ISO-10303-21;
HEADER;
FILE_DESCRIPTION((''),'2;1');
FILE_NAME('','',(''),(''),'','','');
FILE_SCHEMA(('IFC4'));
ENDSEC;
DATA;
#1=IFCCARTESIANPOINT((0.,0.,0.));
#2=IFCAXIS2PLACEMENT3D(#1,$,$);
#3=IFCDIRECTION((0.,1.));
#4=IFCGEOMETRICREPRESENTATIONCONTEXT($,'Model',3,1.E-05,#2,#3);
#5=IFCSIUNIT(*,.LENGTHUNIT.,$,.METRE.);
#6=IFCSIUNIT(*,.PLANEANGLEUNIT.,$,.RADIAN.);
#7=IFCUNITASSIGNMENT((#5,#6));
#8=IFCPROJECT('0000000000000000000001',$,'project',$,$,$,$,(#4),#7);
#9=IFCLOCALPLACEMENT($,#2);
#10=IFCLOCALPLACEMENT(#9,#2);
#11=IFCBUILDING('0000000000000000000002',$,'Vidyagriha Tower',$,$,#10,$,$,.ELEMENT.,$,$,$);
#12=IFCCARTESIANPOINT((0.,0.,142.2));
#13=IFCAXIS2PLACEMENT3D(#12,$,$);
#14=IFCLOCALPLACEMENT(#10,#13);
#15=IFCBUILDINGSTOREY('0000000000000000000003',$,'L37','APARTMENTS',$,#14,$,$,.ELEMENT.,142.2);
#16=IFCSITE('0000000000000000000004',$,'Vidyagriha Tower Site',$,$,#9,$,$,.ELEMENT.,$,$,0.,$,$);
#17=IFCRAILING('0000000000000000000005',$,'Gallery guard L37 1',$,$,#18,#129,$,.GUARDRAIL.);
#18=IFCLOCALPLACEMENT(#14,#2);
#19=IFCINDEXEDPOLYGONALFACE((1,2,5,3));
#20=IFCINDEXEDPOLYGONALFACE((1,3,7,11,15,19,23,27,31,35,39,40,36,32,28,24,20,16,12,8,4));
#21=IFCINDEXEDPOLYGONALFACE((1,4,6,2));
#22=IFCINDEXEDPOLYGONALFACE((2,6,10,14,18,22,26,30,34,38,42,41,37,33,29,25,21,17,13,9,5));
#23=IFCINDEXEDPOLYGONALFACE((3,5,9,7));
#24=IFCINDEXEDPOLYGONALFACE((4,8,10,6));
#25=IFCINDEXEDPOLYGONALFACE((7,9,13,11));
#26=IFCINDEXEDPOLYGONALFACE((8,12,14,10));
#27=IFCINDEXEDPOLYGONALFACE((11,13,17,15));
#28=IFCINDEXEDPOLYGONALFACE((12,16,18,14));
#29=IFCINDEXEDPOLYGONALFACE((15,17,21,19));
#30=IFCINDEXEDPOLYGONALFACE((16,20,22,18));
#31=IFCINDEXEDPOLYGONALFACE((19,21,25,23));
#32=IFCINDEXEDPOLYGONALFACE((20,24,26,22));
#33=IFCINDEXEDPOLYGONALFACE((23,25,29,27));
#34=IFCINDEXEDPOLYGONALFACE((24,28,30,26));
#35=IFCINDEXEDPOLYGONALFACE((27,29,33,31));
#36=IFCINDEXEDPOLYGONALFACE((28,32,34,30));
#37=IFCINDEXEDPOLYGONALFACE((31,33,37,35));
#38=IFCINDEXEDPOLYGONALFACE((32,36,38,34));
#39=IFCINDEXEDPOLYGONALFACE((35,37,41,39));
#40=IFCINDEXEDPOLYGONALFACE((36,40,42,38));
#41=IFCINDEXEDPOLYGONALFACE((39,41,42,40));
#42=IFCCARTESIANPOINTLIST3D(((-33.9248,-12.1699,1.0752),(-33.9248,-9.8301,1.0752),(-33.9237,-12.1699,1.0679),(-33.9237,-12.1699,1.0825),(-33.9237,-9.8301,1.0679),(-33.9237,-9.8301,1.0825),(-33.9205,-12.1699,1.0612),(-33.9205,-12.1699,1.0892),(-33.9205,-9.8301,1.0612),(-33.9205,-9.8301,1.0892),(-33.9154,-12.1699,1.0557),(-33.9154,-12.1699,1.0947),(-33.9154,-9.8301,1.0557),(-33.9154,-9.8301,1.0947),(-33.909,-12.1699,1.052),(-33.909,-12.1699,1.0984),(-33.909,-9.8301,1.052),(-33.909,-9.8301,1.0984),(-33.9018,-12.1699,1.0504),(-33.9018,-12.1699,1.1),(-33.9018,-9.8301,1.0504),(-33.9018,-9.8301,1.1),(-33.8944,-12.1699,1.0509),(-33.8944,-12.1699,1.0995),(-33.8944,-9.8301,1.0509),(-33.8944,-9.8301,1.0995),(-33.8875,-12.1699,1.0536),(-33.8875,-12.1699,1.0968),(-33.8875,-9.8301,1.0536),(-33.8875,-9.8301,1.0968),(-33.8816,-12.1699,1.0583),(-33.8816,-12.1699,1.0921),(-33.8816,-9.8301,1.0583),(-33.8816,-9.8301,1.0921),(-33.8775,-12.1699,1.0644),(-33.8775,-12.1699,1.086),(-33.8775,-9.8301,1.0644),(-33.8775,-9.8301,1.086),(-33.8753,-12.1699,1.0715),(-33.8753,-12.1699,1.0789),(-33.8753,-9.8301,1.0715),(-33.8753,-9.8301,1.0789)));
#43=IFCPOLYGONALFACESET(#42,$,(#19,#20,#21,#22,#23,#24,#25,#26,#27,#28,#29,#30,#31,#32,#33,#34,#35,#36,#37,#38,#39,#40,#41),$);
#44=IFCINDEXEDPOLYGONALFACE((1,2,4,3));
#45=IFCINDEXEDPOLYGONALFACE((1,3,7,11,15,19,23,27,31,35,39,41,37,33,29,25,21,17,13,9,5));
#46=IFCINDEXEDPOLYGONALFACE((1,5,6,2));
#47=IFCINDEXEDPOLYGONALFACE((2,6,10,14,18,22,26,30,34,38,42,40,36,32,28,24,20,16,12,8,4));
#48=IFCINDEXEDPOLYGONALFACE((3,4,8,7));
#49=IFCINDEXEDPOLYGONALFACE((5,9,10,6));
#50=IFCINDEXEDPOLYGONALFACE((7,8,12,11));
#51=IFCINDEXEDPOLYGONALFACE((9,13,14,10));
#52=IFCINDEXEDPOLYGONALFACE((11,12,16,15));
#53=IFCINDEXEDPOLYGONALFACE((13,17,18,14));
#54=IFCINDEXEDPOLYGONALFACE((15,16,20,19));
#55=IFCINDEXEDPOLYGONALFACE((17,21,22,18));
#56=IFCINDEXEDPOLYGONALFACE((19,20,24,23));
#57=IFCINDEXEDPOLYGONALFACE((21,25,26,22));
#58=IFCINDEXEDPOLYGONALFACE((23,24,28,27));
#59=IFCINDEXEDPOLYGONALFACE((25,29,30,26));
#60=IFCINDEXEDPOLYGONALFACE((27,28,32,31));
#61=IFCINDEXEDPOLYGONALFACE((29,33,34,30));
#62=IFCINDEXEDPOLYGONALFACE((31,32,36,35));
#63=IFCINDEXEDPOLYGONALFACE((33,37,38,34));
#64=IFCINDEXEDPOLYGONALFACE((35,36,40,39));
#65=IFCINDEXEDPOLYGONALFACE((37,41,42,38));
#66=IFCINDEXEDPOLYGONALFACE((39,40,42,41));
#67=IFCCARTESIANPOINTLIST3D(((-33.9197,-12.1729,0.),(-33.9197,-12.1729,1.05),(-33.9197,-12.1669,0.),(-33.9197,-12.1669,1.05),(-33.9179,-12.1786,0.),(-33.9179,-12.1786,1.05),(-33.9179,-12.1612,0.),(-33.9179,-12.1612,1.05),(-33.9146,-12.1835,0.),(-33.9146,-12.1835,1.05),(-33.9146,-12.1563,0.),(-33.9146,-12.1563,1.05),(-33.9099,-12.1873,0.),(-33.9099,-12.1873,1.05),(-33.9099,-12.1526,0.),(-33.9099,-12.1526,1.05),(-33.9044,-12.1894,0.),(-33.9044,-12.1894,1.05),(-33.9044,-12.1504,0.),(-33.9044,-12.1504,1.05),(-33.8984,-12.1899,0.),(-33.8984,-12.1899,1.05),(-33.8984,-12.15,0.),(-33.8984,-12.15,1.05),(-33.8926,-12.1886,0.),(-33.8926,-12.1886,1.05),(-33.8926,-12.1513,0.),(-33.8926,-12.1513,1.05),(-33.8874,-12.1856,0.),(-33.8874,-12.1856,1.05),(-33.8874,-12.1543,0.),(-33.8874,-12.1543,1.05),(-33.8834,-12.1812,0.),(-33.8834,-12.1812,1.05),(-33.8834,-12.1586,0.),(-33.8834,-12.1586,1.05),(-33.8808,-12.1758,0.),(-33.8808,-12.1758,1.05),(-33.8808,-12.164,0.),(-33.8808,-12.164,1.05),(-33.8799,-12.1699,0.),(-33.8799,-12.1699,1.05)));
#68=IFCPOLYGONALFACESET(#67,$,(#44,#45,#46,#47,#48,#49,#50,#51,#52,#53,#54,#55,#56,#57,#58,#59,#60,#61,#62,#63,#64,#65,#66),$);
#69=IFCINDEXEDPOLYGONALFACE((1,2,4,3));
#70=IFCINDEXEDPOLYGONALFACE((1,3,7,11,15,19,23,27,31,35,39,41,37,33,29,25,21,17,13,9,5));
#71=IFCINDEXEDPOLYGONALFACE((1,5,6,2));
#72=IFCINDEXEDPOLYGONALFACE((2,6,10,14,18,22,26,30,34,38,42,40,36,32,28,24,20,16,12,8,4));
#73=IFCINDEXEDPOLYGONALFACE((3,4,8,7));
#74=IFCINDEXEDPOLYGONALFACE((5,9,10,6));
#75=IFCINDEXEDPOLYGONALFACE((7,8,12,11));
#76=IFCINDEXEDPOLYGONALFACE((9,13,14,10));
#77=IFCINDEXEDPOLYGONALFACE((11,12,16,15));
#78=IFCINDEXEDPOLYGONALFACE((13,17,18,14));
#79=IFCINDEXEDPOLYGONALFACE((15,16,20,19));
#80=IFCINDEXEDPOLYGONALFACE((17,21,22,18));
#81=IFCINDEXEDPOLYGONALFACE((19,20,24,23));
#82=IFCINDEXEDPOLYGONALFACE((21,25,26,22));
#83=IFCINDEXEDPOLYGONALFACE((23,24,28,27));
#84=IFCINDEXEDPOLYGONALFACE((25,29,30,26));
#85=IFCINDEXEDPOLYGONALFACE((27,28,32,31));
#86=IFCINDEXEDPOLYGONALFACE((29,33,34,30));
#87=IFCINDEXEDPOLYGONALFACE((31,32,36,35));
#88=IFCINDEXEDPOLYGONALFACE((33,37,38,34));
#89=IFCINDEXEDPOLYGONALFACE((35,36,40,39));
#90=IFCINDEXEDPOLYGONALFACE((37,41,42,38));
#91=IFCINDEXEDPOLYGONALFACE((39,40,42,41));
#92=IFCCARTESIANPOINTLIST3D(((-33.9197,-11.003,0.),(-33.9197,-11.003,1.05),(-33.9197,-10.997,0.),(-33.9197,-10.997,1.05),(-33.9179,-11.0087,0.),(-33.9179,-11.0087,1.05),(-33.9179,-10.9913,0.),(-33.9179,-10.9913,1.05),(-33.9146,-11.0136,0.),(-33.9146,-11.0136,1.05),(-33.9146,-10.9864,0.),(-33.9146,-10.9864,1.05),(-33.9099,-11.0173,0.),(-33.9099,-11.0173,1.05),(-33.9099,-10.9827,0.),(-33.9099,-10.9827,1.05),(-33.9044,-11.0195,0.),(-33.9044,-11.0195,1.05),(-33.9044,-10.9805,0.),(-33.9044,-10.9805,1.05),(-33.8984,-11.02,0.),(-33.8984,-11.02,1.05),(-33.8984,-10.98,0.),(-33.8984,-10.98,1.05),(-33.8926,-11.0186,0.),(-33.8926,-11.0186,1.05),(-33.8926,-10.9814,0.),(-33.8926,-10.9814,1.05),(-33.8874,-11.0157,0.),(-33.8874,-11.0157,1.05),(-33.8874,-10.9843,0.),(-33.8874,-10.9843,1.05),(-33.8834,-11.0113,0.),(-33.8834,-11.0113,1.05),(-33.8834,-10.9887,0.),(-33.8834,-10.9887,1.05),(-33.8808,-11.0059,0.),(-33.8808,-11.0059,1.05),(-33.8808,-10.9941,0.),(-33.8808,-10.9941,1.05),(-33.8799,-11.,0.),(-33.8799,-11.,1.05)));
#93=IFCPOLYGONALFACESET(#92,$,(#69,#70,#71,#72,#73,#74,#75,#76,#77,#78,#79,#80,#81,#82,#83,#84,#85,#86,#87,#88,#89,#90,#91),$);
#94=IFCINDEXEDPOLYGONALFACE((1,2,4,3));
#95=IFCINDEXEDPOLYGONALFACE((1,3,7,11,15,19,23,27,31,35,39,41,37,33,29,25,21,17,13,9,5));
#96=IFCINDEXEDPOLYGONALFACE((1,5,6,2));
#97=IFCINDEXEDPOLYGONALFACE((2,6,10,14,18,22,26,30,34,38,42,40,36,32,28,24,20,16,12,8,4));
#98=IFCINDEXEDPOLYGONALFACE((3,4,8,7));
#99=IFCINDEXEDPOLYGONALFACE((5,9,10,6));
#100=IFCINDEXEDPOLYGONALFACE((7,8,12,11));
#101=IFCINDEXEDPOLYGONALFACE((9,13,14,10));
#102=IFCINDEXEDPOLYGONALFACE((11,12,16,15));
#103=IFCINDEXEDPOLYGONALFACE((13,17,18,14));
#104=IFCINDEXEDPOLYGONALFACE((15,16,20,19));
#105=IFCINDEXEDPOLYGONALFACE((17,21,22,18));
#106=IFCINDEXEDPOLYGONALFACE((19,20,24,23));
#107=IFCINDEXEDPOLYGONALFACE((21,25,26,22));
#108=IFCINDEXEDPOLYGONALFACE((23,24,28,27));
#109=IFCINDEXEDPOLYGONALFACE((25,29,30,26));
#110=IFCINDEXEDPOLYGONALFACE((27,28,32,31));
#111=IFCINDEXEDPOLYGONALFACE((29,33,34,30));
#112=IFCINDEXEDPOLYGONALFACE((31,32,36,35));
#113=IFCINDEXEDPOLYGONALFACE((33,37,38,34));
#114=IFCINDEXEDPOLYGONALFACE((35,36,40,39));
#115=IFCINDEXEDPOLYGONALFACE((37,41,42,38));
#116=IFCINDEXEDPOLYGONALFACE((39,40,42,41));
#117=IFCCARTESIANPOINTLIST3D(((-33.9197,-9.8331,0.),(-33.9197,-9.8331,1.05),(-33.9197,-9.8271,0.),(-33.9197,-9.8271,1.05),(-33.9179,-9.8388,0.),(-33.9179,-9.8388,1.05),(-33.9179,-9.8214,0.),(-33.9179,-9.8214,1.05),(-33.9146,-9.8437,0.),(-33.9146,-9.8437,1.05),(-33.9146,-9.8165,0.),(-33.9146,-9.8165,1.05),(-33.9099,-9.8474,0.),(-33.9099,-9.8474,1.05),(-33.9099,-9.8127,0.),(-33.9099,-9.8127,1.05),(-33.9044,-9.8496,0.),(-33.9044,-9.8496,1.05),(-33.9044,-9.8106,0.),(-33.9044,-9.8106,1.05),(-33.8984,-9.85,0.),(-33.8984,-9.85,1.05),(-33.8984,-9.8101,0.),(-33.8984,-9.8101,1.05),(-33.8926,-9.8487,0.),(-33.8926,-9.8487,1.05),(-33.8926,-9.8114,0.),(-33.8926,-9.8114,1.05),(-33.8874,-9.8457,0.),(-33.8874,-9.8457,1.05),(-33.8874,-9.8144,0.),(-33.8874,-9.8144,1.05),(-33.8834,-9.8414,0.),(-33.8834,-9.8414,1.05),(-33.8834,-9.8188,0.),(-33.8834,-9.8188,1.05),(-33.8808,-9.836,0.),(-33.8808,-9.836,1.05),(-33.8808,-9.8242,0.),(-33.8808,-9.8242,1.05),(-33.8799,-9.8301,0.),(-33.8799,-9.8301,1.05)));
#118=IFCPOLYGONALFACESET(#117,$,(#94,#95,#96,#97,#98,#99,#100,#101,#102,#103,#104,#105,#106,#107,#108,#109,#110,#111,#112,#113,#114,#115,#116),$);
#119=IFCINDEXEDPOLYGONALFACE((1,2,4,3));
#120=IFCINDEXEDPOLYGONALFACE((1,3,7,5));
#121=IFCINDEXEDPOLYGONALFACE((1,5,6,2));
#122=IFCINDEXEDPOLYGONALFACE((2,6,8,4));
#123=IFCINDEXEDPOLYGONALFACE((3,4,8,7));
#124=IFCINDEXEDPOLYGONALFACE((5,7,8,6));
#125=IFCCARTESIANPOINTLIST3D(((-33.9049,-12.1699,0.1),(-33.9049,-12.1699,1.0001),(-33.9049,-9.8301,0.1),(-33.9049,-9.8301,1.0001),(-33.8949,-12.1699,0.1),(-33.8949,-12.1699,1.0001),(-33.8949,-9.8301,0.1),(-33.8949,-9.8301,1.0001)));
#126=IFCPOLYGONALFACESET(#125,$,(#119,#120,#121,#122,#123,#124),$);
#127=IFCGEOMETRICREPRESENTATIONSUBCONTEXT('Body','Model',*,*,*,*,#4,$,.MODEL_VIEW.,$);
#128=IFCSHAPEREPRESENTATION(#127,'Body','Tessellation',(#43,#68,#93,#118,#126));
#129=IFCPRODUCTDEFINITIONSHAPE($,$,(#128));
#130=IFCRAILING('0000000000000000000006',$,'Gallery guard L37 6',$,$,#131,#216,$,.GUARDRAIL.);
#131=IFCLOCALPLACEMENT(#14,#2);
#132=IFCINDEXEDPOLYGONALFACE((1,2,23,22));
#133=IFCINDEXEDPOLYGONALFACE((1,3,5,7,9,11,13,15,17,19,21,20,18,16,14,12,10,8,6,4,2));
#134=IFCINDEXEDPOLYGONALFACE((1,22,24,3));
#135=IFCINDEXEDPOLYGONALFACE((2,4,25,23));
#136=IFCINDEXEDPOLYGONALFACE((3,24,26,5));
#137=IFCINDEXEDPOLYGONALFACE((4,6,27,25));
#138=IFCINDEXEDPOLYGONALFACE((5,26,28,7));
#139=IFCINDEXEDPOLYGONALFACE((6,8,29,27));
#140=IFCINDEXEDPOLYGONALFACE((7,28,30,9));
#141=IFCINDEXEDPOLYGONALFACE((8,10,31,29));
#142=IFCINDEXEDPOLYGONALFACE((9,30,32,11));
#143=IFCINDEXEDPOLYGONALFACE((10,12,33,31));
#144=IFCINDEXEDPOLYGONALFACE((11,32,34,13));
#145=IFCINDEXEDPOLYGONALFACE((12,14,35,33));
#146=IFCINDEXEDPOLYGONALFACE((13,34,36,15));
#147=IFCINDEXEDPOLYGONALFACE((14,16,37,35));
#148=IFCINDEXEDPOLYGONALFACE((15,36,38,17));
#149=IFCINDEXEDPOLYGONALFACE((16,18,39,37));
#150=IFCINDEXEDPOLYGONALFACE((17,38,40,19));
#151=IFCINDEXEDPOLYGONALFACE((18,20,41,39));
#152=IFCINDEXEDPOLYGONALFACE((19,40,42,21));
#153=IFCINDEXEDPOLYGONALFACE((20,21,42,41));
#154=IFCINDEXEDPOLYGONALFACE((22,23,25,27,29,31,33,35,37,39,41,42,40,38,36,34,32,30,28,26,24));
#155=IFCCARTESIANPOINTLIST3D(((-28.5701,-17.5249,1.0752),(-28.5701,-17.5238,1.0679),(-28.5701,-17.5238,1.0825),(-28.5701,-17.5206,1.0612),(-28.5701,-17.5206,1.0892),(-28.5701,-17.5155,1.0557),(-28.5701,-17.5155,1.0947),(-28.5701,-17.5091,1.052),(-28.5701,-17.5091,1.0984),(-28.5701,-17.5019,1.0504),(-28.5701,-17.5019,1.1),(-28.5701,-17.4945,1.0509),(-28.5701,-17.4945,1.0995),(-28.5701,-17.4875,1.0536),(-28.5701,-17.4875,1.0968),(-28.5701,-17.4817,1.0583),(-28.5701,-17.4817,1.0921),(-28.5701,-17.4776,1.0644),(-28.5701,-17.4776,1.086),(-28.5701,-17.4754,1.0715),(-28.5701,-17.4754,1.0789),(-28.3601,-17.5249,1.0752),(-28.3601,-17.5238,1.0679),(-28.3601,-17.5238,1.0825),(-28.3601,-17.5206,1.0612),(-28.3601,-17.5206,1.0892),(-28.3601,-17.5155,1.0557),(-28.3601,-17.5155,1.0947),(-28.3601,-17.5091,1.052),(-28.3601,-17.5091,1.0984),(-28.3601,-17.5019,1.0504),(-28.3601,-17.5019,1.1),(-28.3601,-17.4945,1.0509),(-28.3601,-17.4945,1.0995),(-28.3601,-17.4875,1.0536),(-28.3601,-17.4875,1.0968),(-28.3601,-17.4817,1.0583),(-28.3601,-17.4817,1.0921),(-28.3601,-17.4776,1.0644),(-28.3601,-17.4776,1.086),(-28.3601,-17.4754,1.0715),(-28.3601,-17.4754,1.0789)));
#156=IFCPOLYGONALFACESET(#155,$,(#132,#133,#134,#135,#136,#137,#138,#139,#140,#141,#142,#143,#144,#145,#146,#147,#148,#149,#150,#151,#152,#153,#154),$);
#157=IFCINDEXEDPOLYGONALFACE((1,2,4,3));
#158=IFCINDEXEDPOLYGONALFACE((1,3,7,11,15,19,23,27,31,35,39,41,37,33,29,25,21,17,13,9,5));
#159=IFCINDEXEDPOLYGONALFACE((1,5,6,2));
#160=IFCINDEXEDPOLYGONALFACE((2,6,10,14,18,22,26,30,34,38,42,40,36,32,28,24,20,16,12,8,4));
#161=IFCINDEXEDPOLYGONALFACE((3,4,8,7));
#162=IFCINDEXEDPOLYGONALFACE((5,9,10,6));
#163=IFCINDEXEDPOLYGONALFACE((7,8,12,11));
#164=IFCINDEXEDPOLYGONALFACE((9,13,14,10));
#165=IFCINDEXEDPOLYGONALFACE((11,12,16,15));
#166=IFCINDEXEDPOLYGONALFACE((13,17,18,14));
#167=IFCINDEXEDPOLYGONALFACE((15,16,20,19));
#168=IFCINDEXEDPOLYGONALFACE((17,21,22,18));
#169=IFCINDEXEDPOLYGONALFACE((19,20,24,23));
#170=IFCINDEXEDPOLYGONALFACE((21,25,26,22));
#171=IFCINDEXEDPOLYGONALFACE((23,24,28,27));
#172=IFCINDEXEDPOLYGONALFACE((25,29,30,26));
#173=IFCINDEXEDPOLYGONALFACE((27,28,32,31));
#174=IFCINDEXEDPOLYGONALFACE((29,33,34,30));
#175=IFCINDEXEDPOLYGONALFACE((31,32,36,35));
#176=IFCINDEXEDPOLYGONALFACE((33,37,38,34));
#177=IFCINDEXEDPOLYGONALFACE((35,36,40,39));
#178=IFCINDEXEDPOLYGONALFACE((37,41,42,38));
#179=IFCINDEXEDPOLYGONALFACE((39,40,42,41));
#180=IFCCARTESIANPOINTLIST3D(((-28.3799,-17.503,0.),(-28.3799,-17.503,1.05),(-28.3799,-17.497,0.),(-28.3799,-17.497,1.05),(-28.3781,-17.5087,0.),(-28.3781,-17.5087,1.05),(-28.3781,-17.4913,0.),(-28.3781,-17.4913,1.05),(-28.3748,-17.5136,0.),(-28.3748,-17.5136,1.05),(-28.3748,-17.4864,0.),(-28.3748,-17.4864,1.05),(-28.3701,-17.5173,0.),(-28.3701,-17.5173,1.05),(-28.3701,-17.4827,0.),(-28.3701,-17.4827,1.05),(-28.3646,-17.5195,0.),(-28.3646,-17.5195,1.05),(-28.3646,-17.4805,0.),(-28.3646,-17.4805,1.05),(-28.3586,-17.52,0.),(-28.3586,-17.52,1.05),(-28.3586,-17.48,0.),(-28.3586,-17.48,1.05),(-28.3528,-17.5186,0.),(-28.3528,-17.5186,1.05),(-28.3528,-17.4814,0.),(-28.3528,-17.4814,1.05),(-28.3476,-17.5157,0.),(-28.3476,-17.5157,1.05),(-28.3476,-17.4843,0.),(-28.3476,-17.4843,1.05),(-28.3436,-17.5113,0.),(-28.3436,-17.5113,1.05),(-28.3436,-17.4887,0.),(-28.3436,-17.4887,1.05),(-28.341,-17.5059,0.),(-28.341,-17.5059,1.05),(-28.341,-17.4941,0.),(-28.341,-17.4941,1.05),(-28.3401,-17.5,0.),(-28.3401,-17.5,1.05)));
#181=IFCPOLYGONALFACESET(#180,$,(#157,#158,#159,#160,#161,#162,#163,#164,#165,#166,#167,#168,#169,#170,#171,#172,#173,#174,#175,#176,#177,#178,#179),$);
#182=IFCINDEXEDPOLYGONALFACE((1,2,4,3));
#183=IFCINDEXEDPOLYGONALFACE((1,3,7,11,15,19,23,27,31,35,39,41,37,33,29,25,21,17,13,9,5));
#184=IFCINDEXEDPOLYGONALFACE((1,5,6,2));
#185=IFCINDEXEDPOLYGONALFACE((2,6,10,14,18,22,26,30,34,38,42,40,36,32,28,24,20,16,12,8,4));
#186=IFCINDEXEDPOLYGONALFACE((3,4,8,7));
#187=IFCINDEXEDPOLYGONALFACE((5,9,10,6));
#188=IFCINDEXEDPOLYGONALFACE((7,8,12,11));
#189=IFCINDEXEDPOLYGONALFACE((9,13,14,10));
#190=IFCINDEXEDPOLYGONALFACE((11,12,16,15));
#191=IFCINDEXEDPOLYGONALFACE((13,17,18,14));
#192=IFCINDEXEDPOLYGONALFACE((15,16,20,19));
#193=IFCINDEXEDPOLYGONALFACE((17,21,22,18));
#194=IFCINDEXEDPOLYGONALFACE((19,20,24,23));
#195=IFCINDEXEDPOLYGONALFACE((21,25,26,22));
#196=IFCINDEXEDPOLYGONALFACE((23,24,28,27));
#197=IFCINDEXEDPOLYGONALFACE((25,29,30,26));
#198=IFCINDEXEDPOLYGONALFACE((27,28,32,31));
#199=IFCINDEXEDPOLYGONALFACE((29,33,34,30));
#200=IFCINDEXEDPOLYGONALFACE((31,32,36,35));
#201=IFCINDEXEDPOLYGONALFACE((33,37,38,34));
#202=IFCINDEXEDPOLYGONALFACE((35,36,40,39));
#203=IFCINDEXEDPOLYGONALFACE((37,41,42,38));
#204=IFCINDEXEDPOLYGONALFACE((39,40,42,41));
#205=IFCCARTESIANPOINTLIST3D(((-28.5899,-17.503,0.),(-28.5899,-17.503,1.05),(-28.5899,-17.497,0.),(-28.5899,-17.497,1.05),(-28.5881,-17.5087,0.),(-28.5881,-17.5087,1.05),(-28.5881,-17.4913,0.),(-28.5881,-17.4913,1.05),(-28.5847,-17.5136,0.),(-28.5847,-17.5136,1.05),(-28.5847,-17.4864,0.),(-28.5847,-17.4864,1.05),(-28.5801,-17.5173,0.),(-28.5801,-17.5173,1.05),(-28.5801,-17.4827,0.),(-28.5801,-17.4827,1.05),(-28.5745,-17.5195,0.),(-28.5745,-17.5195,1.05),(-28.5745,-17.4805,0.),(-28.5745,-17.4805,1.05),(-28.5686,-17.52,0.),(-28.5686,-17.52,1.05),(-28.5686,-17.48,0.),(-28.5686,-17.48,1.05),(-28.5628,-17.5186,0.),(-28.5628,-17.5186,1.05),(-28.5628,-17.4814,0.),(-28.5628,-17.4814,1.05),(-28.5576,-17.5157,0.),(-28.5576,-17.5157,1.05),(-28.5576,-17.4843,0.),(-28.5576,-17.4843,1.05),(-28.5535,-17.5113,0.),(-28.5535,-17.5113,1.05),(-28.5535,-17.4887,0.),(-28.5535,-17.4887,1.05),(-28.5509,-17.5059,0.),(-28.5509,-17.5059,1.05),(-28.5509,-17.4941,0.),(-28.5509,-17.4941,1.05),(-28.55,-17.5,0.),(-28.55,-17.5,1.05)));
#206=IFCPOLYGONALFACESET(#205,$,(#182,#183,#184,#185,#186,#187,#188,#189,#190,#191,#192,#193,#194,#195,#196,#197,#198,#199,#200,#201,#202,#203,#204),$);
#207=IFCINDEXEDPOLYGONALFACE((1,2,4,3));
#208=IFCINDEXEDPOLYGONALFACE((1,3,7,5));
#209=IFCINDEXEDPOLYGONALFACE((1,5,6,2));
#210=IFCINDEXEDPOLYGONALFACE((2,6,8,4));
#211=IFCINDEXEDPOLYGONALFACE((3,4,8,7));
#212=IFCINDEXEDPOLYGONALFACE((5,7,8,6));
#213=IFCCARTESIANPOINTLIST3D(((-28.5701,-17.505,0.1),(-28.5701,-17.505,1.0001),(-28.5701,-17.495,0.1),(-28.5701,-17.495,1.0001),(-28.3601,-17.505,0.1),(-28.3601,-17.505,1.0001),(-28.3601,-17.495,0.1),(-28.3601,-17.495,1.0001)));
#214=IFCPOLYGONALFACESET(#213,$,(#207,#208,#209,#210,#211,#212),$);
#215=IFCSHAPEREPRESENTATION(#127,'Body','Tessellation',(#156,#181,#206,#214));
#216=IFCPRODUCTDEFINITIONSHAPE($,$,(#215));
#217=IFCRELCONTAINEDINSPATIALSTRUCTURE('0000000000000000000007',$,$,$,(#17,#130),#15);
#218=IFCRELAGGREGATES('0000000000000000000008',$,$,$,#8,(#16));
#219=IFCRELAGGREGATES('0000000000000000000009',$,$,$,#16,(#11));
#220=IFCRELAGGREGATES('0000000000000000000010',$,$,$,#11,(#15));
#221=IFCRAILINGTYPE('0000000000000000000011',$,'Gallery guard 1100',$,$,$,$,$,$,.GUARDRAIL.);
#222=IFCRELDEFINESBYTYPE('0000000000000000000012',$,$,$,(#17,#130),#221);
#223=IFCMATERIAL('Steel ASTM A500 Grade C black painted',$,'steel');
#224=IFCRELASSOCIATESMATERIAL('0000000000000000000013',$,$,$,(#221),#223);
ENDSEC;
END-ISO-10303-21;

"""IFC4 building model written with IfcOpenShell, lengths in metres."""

from ifc_helpers import new_model, si_unit, direction, frame, origin, origin_2d, place, context, subcontext, project, spatial, rectangle, circle, extrude, material, type_object, element, save


model = new_model("IFC4")

# Units and contexts
model_context = context("Model", 3, precision=1e-05, world=origin(), true_north=direction((0.0, 1.0)))
body_context = subcontext(model_context, "Body", "Model", "MODEL_VIEW")
ifc_project = project(units=[si_unit("LENGTHUNIT", "METRE"), si_unit("PLANEANGLEUNIT", "RADIAN")], contexts=[model_context])

# Site, building, storey
site_placement = place(None, origin())
site = spatial("IfcSite", under=ifc_project, at=site_placement, Name="Vidyagriha Tower Site", CompositionType="ELEMENT", RefElevation=0.0)
building_placement = place(site_placement, origin())
building = spatial("IfcBuilding", under=site, at=building_placement, Name="Vidyagriha Tower", CompositionType="ELEMENT")
storey_placement = place(building_placement, frame((0.0, 0.0, 142.2)))
storey = spatial("IfcBuildingStorey", under=building, at=storey_placement, Name="L37", Description="APARTMENTS", CompositionType="ELEMENT", Elevation=142.2)

# Railings
ifc_material_1 = material(Name="Steel ASTM A500 Grade C black painted", Category="steel")
railing_type_1 = type_object("IfcRailingType", Name="Gallery guard 1100", PredefinedType="GUARDRAIL", material=ifc_material_1)
railing_1_placement = place(storey_placement, frame((-33.8999, -12.1699, 0.0)))
element("IfcRailing", 1, at=railing_1_placement, inside=storey, type_object=railing_type_1, Name="Gallery guard L37 1", PredefinedType="GUARDRAIL", context=body_context, shape_type="SweptSolid", body=[
    extrude(circle(Radius=0.0249, at=origin_2d()), frame((0.0, 0.0, 1.0752), z_axis=(0.0, 1.0, 0.0), x_axis=(-1.0, 0.0, 0.0)), (0.0, 0.0, 1.0), 2.3398),
    extrude(circle(Radius=0.02, at=origin_2d()), origin(), (0.0, 0.0, 1.0), 1.05),
    extrude(circle(Radius=0.02, at=origin_2d()), frame((0.0, 1.1699, 0.0)), (0.0, 0.0, 1.0), 1.05),
    extrude(circle(Radius=0.02, at=origin_2d()), frame((0.0, 2.3398, 0.0)), (0.0, 0.0, 1.0), 1.05),
    extrude(rectangle(XDim=0.01, YDim=0.9001, at=origin_2d()), frame((0.0, 0.0, 0.55), z_axis=(0.0, 1.0, 0.0), x_axis=(-1.0, 0.0, 0.0)), (0.0, 0.0, 1.0), 2.3398),
])
railing_2_placement = place(storey_placement, frame((-28.3601, -17.5, 0.0)))
element("IfcRailing", 2, at=railing_2_placement, inside=storey, type_object=railing_type_1, Name="Gallery guard L37 6", PredefinedType="GUARDRAIL", context=body_context, shape_type="SweptSolid", body=[
    extrude(circle(Radius=0.0249, at=origin_2d()), frame((0.0, 0.0, 1.0752), z_axis=(-1.0, 0.0, 0.0), x_axis=(0.0, -1.0, 0.0)), (0.0, 0.0, 1.0), 0.21),
    extrude(circle(Radius=0.02, at=origin_2d()), origin(), (0.0, 0.0, 1.0), 1.05),
    extrude(circle(Radius=0.02, at=origin_2d()), frame((-0.21, 0.0, 0.0)), (0.0, 0.0, 1.0), 1.05),
    extrude(rectangle(XDim=0.01, YDim=0.9001, at=origin_2d()), frame((0.0, 0.0, 0.55), z_axis=(-1.0, 0.0, 0.0), x_axis=(0.0, -1.0, 0.0)), (0.0, 0.0, 1.0), 0.21),
])

save(model, "model.ifc")
